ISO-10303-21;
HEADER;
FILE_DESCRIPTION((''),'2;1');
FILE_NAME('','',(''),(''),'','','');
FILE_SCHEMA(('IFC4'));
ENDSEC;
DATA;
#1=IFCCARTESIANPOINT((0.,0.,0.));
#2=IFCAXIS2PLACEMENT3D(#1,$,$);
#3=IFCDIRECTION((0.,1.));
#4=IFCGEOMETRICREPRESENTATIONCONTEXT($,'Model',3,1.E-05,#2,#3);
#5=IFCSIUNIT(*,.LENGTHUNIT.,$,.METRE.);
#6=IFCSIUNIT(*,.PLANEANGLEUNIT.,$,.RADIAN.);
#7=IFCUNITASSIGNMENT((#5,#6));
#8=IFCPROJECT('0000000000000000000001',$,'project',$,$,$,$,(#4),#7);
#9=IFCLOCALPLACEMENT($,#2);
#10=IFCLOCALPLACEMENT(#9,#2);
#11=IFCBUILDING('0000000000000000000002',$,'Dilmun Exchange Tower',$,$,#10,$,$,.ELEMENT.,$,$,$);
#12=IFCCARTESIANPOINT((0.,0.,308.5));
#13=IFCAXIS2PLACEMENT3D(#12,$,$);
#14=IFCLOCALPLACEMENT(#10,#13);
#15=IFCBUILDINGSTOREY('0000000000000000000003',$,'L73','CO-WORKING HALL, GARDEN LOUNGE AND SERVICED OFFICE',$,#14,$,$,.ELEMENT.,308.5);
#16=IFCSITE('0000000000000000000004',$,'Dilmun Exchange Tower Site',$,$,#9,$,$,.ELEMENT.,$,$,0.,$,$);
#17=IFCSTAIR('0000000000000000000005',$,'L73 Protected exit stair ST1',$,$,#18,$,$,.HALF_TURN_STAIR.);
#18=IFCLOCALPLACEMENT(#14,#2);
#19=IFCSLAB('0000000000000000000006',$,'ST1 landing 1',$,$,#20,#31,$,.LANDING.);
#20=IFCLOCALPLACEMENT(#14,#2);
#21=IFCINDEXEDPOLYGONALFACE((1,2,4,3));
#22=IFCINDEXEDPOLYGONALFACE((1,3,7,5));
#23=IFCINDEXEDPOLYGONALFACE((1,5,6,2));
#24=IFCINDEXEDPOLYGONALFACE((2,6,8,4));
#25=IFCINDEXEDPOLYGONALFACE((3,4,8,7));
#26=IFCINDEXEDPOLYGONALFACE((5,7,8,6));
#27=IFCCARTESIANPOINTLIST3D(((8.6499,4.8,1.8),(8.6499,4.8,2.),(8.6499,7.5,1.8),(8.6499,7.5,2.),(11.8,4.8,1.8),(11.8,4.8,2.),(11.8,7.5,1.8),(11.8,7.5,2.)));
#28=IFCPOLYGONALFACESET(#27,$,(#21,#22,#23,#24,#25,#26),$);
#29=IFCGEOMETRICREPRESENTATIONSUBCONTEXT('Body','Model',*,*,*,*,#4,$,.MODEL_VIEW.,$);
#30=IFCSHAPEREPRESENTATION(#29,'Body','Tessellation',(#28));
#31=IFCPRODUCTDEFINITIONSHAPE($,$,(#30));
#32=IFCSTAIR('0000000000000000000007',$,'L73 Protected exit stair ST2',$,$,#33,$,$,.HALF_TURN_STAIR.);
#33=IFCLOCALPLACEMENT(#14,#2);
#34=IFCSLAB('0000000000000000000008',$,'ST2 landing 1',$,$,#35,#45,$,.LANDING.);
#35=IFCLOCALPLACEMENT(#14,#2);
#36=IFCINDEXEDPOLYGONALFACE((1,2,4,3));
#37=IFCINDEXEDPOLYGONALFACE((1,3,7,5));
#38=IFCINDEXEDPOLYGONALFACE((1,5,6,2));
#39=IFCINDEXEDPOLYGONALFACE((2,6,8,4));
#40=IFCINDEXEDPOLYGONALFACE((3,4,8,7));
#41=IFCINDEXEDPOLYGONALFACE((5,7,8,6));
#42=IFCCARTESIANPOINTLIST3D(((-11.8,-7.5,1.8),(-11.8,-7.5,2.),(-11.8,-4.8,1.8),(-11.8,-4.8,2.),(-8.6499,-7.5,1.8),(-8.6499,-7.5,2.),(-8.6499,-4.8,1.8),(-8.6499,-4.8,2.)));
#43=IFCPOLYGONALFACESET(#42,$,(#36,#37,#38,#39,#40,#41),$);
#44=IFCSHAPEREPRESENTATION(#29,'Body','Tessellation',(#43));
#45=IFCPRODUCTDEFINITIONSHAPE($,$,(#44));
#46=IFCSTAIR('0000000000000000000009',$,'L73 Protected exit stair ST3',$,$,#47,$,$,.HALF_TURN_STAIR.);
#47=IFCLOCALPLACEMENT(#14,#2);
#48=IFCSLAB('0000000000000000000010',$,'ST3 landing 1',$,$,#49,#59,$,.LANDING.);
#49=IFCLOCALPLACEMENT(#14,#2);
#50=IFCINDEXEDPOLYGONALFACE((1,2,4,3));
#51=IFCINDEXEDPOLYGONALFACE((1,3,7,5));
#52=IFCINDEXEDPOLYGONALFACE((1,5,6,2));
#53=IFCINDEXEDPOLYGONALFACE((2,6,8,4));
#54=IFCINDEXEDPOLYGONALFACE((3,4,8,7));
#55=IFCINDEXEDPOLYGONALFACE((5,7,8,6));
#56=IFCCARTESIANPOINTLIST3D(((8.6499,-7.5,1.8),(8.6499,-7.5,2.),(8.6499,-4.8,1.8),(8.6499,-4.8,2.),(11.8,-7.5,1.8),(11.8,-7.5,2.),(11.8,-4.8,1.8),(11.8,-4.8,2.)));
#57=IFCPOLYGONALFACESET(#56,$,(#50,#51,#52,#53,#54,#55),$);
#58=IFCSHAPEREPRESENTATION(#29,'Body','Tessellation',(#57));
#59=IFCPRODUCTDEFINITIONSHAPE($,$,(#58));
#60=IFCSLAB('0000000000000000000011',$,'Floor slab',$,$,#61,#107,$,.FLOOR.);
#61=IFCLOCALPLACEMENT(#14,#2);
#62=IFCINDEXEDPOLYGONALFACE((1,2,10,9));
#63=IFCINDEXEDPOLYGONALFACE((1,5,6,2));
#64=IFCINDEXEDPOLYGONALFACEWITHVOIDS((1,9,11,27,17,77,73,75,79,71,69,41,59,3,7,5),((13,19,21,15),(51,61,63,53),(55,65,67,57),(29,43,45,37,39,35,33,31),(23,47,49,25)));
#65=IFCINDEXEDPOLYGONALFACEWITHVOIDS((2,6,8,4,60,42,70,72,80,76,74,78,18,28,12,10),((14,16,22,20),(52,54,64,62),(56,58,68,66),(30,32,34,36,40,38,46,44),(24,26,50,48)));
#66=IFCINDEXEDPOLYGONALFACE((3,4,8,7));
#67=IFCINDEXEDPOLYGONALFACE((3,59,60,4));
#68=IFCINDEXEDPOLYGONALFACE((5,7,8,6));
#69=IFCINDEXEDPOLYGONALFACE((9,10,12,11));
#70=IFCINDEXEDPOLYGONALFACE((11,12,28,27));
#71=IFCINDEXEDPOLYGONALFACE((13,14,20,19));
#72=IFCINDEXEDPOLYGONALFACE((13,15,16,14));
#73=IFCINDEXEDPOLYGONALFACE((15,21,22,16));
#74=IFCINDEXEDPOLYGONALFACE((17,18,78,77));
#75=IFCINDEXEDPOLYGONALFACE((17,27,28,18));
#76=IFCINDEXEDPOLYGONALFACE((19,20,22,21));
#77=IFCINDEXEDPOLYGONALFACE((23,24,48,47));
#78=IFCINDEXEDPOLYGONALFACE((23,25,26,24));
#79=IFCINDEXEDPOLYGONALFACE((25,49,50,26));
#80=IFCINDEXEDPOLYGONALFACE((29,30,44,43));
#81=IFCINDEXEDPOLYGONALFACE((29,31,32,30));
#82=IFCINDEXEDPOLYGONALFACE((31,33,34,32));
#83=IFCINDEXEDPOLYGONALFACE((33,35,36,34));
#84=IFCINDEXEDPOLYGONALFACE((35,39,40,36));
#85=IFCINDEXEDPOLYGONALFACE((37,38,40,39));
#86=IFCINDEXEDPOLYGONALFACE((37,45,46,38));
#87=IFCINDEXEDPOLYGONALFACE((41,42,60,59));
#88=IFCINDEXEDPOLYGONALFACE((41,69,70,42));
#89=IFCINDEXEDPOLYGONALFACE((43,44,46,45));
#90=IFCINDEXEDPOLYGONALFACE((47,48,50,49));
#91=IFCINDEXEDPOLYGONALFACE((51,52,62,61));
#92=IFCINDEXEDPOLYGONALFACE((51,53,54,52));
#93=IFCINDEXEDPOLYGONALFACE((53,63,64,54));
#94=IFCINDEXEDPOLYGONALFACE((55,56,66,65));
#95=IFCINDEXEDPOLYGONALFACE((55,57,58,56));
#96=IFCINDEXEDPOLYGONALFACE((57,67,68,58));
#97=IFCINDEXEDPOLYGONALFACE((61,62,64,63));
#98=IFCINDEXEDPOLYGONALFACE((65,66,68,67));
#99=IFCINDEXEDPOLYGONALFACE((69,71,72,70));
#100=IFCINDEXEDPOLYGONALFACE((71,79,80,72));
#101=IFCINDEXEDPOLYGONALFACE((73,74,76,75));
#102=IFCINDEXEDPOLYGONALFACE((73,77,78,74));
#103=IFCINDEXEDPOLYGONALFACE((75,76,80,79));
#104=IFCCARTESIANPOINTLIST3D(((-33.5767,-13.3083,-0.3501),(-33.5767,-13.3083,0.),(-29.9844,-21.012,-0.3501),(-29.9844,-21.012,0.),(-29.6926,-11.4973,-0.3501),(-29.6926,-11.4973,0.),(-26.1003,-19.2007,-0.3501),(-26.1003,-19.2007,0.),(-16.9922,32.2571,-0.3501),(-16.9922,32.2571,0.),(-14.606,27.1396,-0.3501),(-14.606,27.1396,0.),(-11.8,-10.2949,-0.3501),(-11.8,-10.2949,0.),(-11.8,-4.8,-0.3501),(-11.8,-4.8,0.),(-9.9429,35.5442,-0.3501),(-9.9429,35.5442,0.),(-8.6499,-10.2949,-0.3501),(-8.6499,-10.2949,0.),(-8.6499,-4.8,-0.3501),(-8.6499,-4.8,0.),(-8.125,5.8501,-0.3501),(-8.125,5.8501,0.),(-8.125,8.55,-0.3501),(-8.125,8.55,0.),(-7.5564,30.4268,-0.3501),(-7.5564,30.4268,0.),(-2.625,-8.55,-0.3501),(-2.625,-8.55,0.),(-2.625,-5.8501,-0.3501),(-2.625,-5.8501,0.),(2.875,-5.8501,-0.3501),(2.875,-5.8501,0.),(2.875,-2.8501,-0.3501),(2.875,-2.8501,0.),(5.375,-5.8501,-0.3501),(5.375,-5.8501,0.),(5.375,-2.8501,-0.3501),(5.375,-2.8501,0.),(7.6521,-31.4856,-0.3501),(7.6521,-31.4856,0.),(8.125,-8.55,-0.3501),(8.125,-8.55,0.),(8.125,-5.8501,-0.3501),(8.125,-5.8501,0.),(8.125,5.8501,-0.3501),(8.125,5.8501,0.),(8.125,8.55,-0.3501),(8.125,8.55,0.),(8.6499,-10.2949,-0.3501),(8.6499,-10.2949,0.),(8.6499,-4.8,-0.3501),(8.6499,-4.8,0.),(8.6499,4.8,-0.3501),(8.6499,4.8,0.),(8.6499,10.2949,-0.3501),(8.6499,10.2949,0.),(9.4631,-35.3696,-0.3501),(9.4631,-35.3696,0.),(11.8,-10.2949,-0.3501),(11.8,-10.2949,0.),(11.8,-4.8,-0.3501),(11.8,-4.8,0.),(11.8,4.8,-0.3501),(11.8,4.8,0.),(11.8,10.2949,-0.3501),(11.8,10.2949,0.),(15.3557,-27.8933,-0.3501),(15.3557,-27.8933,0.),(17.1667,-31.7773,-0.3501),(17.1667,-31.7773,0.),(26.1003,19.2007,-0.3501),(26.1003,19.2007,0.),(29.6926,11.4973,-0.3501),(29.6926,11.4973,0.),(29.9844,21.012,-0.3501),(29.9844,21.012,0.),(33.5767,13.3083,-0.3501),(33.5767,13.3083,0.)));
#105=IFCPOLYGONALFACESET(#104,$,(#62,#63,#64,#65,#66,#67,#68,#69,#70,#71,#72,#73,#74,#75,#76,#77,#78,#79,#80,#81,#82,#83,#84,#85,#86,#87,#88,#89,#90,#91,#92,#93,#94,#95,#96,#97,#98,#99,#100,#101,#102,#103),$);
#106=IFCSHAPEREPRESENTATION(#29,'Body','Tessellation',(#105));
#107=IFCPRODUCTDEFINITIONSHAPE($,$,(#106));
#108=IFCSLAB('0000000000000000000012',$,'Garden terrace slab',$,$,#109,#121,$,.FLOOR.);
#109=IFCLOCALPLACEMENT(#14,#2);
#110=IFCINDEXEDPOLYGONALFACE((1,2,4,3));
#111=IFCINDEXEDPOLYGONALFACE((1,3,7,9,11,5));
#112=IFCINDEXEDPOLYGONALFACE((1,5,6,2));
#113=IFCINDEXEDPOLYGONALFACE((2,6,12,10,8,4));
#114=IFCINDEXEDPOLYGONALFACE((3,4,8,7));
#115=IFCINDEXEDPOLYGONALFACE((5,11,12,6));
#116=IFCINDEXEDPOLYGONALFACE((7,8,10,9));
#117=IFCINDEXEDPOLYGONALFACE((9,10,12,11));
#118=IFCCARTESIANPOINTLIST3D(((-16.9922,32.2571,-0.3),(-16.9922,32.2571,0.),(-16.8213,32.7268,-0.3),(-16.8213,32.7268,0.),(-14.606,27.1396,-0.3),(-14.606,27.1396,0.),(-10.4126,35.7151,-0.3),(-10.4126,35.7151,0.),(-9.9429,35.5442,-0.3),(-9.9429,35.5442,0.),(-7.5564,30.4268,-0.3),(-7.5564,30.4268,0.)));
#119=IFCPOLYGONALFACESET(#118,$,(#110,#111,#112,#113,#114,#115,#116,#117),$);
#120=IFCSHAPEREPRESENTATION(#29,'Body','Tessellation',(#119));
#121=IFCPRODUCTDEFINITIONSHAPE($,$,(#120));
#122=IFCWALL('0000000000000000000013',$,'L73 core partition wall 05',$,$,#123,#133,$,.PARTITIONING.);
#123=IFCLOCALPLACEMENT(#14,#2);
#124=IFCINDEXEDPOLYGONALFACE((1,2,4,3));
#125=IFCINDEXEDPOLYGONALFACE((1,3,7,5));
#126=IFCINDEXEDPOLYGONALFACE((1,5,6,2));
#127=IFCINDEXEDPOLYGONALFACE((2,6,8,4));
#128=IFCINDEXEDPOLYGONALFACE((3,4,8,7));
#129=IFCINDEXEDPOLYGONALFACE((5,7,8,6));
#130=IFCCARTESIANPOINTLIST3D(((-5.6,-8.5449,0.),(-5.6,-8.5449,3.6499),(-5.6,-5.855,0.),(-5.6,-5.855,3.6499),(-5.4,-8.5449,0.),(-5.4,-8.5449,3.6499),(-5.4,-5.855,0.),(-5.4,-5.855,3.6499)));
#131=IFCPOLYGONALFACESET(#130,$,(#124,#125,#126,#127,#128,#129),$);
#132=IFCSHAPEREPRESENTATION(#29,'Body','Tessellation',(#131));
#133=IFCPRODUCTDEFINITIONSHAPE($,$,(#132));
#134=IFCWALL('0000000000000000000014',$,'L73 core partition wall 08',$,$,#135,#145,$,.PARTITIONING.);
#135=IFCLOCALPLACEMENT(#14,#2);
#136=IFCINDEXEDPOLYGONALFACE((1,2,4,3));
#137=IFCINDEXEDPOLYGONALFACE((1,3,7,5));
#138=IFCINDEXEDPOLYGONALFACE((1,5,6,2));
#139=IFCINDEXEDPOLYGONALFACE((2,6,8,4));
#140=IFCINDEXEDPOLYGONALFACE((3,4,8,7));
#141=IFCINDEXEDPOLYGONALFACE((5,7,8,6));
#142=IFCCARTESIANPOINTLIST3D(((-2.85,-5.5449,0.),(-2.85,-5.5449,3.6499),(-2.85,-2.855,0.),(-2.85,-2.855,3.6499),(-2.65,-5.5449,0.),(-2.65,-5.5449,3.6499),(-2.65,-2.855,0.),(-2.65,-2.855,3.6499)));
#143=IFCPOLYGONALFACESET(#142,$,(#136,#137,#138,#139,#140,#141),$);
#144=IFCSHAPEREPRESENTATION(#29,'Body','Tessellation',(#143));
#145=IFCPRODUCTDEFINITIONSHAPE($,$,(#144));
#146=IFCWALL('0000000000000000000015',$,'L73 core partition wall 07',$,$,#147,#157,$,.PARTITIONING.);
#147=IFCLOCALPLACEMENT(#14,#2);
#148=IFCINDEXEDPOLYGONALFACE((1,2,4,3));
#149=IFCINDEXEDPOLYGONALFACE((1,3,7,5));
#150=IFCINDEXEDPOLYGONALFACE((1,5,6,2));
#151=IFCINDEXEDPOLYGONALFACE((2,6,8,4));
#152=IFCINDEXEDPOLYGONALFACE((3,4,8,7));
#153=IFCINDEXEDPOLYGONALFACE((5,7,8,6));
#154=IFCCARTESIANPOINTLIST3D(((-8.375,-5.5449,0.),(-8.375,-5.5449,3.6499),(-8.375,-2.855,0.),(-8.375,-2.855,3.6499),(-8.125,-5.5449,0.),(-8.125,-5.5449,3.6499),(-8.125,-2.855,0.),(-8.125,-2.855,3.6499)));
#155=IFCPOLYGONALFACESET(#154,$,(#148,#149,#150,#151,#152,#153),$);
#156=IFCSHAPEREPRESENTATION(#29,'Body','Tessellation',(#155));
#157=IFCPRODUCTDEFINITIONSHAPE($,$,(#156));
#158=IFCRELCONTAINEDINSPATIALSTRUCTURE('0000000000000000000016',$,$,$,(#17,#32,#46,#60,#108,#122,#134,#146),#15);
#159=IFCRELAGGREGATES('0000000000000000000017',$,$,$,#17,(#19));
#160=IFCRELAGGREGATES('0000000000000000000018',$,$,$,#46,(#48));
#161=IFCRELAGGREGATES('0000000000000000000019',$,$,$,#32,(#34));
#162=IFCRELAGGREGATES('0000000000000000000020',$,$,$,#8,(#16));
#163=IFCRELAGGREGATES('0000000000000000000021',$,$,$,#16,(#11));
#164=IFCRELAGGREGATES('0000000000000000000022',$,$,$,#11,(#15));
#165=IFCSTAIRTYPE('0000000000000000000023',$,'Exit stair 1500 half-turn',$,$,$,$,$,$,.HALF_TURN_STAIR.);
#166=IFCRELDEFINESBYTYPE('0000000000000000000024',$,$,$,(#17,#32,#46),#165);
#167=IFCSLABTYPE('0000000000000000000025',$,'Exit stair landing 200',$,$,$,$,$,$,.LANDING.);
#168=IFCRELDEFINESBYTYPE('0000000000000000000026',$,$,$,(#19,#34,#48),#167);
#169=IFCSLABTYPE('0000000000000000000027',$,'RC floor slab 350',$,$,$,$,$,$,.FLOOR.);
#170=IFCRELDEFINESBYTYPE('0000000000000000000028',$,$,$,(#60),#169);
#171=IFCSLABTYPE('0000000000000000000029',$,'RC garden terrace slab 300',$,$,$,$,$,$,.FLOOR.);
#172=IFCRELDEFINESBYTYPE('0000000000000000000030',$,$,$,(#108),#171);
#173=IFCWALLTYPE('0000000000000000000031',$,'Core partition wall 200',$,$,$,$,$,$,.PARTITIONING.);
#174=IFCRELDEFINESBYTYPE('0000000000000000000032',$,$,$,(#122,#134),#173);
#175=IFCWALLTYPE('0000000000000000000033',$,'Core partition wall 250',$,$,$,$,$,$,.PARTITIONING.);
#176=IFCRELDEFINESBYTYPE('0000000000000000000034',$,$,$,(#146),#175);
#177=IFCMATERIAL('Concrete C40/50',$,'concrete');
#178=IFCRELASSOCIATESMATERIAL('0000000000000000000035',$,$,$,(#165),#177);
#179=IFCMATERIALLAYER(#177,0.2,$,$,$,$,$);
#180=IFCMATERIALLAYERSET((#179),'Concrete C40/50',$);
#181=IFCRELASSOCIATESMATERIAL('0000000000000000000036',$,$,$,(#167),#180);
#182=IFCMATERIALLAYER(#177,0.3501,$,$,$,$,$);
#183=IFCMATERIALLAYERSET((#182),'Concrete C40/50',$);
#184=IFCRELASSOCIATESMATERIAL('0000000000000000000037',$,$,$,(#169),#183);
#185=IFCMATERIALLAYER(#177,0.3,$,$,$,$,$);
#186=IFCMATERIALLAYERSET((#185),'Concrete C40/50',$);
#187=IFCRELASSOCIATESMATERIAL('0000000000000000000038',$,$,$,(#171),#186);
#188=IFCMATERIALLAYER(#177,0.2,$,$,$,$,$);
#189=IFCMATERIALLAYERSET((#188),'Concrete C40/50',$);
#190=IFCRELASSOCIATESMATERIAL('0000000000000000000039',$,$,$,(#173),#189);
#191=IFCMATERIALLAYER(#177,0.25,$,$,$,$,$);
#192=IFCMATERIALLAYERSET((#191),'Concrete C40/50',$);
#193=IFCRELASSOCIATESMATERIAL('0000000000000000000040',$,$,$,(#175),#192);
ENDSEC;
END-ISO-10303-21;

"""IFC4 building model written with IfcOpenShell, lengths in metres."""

from ifc_helpers import new_model, si_unit, direction, frame, frame_2d, origin, place, context, subcontext, project, spatial, polyline, rectangle, outline, extrude, material, layer, layer_set, type_object, element, aggregate, save


model = new_model("IFC4")

# Units and contexts
model_context = context("Model", 3, precision=1e-05, world=origin(), true_north=direction((0.0, 1.0)))
body_context = subcontext(model_context, "Body", "Model", "MODEL_VIEW")
ifc_project = project(units=[si_unit("LENGTHUNIT", "METRE"), si_unit("PLANEANGLEUNIT", "RADIAN")], contexts=[model_context])

# Site, building, storey
site_placement = place(None, origin())
site = spatial("IfcSite", under=ifc_project, at=site_placement, Name="Dilmun Exchange Tower Site", CompositionType="ELEMENT", RefElevation=0.0)
building_placement = place(site_placement, origin())
building = spatial("IfcBuilding", under=site, at=building_placement, Name="Dilmun Exchange Tower", CompositionType="ELEMENT")
storey_placement = place(building_placement, frame((0.0, 0.0, 308.5)))
storey = spatial("IfcBuildingStorey", under=building, at=storey_placement, Name="L73", Description="CO-WORKING HALL, GARDEN LOUNGE AND SERVICED OFFICE", CompositionType="ELEMENT", Elevation=308.5)

# Stairs, slabs
ifc_material_1 = material(Name="Concrete C40/50", Category="concrete")
stair_type = type_object("IfcStairType", Name="Exit stair 1500 half-turn", PredefinedType="HALF_TURN_STAIR", material=ifc_material_1)
stair_1_placement = place(storey_placement, origin())
stair_1 = element("IfcStair", 1, at=stair_1_placement, inside=storey, type_object=stair_type, Name="L73 Protected exit stair ST1", PredefinedType="HALF_TURN_STAIR")
ifc_layer_1 = layer(ifc_material_1, 0.2)
ifc_layer_set_1 = layer_set([ifc_layer_1], Name="Concrete C40/50")
slab_type_1 = type_object("IfcSlabType", Name="Exit stair landing 200", PredefinedType="LANDING", material=ifc_layer_set_1)
slab_1_placement = place(storey_placement, frame((0.0, 0.0, 1.8)))
slab_1 = element("IfcSlab", 2, at=slab_1_placement, type_object=slab_type_1, Name="ST1 landing 1", PredefinedType="LANDING", context=body_context, shape_type="SweptSolid", body=[
    extrude(outline(polyline([(8.6499, 7.5), (8.6499, 4.8), (11.8, 4.8), (11.8, 7.5), (8.6499, 7.5)])), origin(), (0.0, 0.0, 1.0), 0.2),
])
aggregate(stair_1, [slab_1])
stair_2_placement = place(storey_placement, origin())
stair_2 = element("IfcStair", 3, at=stair_2_placement, inside=storey, type_object=stair_type, Name="L73 Protected exit stair ST2", PredefinedType="HALF_TURN_STAIR")
slab_2_placement = place(storey_placement, frame((0.0, 0.0, 1.8)))
slab_2 = element("IfcSlab", 4, at=slab_2_placement, type_object=slab_type_1, Name="ST2 landing 1", PredefinedType="LANDING", context=body_context, shape_type="SweptSolid", body=[
    extrude(outline(polyline([(-8.6499, -7.5), (-8.6499, -4.8), (-11.8, -4.8), (-11.8, -7.5), (-8.6499, -7.5)])), origin(), (0.0, 0.0, 1.0), 0.2),
])
stair_3_placement = place(storey_placement, origin())
stair_3 = element("IfcStair", 5, at=stair_3_placement, inside=storey, type_object=stair_type, Name="L73 Protected exit stair ST3", PredefinedType="HALF_TURN_STAIR")
slab_3_placement = place(storey_placement, frame((0.0, 0.0, 1.8)))
slab_3 = element("IfcSlab", 6, at=slab_3_placement, type_object=slab_type_1, Name="ST3 landing 1", PredefinedType="LANDING", context=body_context, shape_type="SweptSolid", body=[
    extrude(outline(polyline([(11.8, -7.5), (11.8, -4.8), (8.6499, -4.8), (8.6499, -7.5), (11.8, -7.5)])), origin(), (0.0, 0.0, 1.0), 0.2),
])
aggregate(stair_3, [slab_3])

# Slabs
ifc_layer_2 = layer(ifc_material_1, 0.3501)
ifc_layer_set_2 = layer_set([ifc_layer_2], Name="Concrete C40/50")
slab_type_2 = type_object("IfcSlabType", Name="RC floor slab 350", PredefinedType="FLOOR", material=ifc_layer_set_2)
slab_4_placement = place(storey_placement, frame((0.0, 0.0, -0.3501)))
element("IfcSlab", 7, at=slab_4_placement, inside=storey, type_object=slab_type_2, Name="Floor slab", PredefinedType="FLOOR", context=body_context, shape_type="SweptSolid", body=[
    extrude(outline(polyline([(26.1003, 19.2007), (29.6926, 11.4973), (33.5767, 13.3083), (17.1667, -31.7773), (15.3557, -27.8933), (7.6521, -31.4856), (9.4631, -35.3696), (-29.9844, -21.012), (-26.1003, -19.2007), (-29.6926, -11.4973), (-33.5767, -13.3083), (-16.9922, 32.2571), (-14.606, 27.1396), (-7.5564, 30.4268), (-9.9429, 35.5442), (29.9844, 21.012), (26.1003, 19.2007)]), holes=[polyline([(-8.6499, -4.8), (-11.8, -4.8), (-11.8, -10.2949), (-8.6499, -10.2949), (-8.6499, -4.8)]), polyline([(11.8, -4.8), (8.6499, -4.8), (8.6499, -10.2949), (11.8, -10.2949), (11.8, -4.8)]), polyline([(2.875, -5.8501), (-2.625, -5.8501), (-2.625, -8.55), (8.125, -8.55), (8.125, -5.8501), (5.375, -5.8501), (5.375, -2.8501), (2.875, -2.8501), (2.875, -5.8501)]), polyline([(8.125, 5.8501), (8.125, 8.55), (-8.125, 8.55), (-8.125, 5.8501), (8.125, 5.8501)]), polyline([(8.6499, 10.2949), (8.6499, 4.8), (11.8, 4.8), (11.8, 10.2949), (8.6499, 10.2949)])]), origin(), (0.0, 0.0, 1.0), 0.3501),
])
ifc_layer_3 = layer(ifc_material_1, 0.3)
ifc_layer_set_3 = layer_set([ifc_layer_3], Name="Concrete C40/50")
slab_type_3 = type_object("IfcSlabType", Name="RC garden terrace slab 300", PredefinedType="FLOOR", material=ifc_layer_set_3)
slab_5_placement = place(storey_placement, frame((0.0, 0.0, -0.3)))
element("IfcSlab", 8, at=slab_5_placement, inside=storey, type_object=slab_type_3, Name="Garden terrace slab", PredefinedType="FLOOR", context=body_context, shape_type="SweptSolid", body=[
    extrude(outline(polyline([(-14.606, 27.1396), (-16.9922, 32.2571), (-16.8213, 32.7268), (-10.4126, 35.7151), (-9.9429, 35.5442), (-7.5564, 30.4268), (-14.606, 27.1396)])), origin(), (0.0, 0.0, 1.0), 0.3),
])

# Walls
ifc_layer_4 = layer(ifc_material_1, 0.2)
ifc_layer_set_4 = layer_set([ifc_layer_4], Name="Concrete C40/50")
wall_type_1 = type_object("IfcWallType", Name="Core partition wall 200", PredefinedType="PARTITIONING", material=ifc_layer_set_4)
for number, where, z_axis, x_axis, name in (
    (9, (-5.5, -8.5449, 0.0), (0.0, 0.0, 1.0), (0.0, 1.0, 0.0), "L73 core partition wall 05"),
    (10, (-2.75, -5.5449, 0.0), (0.0, 0.0, 1.0), (0.0, 1.0, 0.0), "L73 core partition wall 08"),
):
    element("IfcWall", number, at=place(storey_placement, frame(where, z_axis=z_axis, x_axis=x_axis)), inside=storey, type_object=wall_type_1, Name=name, PredefinedType="PARTITIONING", context=body_context, shape_type="SweptSolid", body=[
        extrude(rectangle(XDim=2.6899, YDim=0.2, at=frame_2d((1.345, 0.0))), origin(), (0.0, 0.0, 1.0), 3.6499),
    ])
ifc_layer_5 = layer(ifc_material_1, 0.25)
ifc_layer_set_5 = layer_set([ifc_layer_5], Name="Concrete C40/50")
wall_type_2 = type_object("IfcWallType", Name="Core partition wall 250", PredefinedType="PARTITIONING", material=ifc_layer_set_5)
wall_1_placement = place(storey_placement, frame((-8.25, -5.5449, 0.0), z_axis=(0.0, 0.0, 1.0), x_axis=(0.0, 1.0, 0.0)))
element("IfcWall", 11, at=wall_1_placement, inside=storey, type_object=wall_type_2, Name="L73 core partition wall 07", PredefinedType="PARTITIONING", context=body_context, shape_type="SweptSolid", body=[
    extrude(rectangle(XDim=2.6899, YDim=0.25, at=frame_2d((1.345, 0.0))), origin(), (0.0, 0.0, 1.0), 3.6499),
])

aggregate(stair_2, [slab_2])

save(model, "model.ifc")
